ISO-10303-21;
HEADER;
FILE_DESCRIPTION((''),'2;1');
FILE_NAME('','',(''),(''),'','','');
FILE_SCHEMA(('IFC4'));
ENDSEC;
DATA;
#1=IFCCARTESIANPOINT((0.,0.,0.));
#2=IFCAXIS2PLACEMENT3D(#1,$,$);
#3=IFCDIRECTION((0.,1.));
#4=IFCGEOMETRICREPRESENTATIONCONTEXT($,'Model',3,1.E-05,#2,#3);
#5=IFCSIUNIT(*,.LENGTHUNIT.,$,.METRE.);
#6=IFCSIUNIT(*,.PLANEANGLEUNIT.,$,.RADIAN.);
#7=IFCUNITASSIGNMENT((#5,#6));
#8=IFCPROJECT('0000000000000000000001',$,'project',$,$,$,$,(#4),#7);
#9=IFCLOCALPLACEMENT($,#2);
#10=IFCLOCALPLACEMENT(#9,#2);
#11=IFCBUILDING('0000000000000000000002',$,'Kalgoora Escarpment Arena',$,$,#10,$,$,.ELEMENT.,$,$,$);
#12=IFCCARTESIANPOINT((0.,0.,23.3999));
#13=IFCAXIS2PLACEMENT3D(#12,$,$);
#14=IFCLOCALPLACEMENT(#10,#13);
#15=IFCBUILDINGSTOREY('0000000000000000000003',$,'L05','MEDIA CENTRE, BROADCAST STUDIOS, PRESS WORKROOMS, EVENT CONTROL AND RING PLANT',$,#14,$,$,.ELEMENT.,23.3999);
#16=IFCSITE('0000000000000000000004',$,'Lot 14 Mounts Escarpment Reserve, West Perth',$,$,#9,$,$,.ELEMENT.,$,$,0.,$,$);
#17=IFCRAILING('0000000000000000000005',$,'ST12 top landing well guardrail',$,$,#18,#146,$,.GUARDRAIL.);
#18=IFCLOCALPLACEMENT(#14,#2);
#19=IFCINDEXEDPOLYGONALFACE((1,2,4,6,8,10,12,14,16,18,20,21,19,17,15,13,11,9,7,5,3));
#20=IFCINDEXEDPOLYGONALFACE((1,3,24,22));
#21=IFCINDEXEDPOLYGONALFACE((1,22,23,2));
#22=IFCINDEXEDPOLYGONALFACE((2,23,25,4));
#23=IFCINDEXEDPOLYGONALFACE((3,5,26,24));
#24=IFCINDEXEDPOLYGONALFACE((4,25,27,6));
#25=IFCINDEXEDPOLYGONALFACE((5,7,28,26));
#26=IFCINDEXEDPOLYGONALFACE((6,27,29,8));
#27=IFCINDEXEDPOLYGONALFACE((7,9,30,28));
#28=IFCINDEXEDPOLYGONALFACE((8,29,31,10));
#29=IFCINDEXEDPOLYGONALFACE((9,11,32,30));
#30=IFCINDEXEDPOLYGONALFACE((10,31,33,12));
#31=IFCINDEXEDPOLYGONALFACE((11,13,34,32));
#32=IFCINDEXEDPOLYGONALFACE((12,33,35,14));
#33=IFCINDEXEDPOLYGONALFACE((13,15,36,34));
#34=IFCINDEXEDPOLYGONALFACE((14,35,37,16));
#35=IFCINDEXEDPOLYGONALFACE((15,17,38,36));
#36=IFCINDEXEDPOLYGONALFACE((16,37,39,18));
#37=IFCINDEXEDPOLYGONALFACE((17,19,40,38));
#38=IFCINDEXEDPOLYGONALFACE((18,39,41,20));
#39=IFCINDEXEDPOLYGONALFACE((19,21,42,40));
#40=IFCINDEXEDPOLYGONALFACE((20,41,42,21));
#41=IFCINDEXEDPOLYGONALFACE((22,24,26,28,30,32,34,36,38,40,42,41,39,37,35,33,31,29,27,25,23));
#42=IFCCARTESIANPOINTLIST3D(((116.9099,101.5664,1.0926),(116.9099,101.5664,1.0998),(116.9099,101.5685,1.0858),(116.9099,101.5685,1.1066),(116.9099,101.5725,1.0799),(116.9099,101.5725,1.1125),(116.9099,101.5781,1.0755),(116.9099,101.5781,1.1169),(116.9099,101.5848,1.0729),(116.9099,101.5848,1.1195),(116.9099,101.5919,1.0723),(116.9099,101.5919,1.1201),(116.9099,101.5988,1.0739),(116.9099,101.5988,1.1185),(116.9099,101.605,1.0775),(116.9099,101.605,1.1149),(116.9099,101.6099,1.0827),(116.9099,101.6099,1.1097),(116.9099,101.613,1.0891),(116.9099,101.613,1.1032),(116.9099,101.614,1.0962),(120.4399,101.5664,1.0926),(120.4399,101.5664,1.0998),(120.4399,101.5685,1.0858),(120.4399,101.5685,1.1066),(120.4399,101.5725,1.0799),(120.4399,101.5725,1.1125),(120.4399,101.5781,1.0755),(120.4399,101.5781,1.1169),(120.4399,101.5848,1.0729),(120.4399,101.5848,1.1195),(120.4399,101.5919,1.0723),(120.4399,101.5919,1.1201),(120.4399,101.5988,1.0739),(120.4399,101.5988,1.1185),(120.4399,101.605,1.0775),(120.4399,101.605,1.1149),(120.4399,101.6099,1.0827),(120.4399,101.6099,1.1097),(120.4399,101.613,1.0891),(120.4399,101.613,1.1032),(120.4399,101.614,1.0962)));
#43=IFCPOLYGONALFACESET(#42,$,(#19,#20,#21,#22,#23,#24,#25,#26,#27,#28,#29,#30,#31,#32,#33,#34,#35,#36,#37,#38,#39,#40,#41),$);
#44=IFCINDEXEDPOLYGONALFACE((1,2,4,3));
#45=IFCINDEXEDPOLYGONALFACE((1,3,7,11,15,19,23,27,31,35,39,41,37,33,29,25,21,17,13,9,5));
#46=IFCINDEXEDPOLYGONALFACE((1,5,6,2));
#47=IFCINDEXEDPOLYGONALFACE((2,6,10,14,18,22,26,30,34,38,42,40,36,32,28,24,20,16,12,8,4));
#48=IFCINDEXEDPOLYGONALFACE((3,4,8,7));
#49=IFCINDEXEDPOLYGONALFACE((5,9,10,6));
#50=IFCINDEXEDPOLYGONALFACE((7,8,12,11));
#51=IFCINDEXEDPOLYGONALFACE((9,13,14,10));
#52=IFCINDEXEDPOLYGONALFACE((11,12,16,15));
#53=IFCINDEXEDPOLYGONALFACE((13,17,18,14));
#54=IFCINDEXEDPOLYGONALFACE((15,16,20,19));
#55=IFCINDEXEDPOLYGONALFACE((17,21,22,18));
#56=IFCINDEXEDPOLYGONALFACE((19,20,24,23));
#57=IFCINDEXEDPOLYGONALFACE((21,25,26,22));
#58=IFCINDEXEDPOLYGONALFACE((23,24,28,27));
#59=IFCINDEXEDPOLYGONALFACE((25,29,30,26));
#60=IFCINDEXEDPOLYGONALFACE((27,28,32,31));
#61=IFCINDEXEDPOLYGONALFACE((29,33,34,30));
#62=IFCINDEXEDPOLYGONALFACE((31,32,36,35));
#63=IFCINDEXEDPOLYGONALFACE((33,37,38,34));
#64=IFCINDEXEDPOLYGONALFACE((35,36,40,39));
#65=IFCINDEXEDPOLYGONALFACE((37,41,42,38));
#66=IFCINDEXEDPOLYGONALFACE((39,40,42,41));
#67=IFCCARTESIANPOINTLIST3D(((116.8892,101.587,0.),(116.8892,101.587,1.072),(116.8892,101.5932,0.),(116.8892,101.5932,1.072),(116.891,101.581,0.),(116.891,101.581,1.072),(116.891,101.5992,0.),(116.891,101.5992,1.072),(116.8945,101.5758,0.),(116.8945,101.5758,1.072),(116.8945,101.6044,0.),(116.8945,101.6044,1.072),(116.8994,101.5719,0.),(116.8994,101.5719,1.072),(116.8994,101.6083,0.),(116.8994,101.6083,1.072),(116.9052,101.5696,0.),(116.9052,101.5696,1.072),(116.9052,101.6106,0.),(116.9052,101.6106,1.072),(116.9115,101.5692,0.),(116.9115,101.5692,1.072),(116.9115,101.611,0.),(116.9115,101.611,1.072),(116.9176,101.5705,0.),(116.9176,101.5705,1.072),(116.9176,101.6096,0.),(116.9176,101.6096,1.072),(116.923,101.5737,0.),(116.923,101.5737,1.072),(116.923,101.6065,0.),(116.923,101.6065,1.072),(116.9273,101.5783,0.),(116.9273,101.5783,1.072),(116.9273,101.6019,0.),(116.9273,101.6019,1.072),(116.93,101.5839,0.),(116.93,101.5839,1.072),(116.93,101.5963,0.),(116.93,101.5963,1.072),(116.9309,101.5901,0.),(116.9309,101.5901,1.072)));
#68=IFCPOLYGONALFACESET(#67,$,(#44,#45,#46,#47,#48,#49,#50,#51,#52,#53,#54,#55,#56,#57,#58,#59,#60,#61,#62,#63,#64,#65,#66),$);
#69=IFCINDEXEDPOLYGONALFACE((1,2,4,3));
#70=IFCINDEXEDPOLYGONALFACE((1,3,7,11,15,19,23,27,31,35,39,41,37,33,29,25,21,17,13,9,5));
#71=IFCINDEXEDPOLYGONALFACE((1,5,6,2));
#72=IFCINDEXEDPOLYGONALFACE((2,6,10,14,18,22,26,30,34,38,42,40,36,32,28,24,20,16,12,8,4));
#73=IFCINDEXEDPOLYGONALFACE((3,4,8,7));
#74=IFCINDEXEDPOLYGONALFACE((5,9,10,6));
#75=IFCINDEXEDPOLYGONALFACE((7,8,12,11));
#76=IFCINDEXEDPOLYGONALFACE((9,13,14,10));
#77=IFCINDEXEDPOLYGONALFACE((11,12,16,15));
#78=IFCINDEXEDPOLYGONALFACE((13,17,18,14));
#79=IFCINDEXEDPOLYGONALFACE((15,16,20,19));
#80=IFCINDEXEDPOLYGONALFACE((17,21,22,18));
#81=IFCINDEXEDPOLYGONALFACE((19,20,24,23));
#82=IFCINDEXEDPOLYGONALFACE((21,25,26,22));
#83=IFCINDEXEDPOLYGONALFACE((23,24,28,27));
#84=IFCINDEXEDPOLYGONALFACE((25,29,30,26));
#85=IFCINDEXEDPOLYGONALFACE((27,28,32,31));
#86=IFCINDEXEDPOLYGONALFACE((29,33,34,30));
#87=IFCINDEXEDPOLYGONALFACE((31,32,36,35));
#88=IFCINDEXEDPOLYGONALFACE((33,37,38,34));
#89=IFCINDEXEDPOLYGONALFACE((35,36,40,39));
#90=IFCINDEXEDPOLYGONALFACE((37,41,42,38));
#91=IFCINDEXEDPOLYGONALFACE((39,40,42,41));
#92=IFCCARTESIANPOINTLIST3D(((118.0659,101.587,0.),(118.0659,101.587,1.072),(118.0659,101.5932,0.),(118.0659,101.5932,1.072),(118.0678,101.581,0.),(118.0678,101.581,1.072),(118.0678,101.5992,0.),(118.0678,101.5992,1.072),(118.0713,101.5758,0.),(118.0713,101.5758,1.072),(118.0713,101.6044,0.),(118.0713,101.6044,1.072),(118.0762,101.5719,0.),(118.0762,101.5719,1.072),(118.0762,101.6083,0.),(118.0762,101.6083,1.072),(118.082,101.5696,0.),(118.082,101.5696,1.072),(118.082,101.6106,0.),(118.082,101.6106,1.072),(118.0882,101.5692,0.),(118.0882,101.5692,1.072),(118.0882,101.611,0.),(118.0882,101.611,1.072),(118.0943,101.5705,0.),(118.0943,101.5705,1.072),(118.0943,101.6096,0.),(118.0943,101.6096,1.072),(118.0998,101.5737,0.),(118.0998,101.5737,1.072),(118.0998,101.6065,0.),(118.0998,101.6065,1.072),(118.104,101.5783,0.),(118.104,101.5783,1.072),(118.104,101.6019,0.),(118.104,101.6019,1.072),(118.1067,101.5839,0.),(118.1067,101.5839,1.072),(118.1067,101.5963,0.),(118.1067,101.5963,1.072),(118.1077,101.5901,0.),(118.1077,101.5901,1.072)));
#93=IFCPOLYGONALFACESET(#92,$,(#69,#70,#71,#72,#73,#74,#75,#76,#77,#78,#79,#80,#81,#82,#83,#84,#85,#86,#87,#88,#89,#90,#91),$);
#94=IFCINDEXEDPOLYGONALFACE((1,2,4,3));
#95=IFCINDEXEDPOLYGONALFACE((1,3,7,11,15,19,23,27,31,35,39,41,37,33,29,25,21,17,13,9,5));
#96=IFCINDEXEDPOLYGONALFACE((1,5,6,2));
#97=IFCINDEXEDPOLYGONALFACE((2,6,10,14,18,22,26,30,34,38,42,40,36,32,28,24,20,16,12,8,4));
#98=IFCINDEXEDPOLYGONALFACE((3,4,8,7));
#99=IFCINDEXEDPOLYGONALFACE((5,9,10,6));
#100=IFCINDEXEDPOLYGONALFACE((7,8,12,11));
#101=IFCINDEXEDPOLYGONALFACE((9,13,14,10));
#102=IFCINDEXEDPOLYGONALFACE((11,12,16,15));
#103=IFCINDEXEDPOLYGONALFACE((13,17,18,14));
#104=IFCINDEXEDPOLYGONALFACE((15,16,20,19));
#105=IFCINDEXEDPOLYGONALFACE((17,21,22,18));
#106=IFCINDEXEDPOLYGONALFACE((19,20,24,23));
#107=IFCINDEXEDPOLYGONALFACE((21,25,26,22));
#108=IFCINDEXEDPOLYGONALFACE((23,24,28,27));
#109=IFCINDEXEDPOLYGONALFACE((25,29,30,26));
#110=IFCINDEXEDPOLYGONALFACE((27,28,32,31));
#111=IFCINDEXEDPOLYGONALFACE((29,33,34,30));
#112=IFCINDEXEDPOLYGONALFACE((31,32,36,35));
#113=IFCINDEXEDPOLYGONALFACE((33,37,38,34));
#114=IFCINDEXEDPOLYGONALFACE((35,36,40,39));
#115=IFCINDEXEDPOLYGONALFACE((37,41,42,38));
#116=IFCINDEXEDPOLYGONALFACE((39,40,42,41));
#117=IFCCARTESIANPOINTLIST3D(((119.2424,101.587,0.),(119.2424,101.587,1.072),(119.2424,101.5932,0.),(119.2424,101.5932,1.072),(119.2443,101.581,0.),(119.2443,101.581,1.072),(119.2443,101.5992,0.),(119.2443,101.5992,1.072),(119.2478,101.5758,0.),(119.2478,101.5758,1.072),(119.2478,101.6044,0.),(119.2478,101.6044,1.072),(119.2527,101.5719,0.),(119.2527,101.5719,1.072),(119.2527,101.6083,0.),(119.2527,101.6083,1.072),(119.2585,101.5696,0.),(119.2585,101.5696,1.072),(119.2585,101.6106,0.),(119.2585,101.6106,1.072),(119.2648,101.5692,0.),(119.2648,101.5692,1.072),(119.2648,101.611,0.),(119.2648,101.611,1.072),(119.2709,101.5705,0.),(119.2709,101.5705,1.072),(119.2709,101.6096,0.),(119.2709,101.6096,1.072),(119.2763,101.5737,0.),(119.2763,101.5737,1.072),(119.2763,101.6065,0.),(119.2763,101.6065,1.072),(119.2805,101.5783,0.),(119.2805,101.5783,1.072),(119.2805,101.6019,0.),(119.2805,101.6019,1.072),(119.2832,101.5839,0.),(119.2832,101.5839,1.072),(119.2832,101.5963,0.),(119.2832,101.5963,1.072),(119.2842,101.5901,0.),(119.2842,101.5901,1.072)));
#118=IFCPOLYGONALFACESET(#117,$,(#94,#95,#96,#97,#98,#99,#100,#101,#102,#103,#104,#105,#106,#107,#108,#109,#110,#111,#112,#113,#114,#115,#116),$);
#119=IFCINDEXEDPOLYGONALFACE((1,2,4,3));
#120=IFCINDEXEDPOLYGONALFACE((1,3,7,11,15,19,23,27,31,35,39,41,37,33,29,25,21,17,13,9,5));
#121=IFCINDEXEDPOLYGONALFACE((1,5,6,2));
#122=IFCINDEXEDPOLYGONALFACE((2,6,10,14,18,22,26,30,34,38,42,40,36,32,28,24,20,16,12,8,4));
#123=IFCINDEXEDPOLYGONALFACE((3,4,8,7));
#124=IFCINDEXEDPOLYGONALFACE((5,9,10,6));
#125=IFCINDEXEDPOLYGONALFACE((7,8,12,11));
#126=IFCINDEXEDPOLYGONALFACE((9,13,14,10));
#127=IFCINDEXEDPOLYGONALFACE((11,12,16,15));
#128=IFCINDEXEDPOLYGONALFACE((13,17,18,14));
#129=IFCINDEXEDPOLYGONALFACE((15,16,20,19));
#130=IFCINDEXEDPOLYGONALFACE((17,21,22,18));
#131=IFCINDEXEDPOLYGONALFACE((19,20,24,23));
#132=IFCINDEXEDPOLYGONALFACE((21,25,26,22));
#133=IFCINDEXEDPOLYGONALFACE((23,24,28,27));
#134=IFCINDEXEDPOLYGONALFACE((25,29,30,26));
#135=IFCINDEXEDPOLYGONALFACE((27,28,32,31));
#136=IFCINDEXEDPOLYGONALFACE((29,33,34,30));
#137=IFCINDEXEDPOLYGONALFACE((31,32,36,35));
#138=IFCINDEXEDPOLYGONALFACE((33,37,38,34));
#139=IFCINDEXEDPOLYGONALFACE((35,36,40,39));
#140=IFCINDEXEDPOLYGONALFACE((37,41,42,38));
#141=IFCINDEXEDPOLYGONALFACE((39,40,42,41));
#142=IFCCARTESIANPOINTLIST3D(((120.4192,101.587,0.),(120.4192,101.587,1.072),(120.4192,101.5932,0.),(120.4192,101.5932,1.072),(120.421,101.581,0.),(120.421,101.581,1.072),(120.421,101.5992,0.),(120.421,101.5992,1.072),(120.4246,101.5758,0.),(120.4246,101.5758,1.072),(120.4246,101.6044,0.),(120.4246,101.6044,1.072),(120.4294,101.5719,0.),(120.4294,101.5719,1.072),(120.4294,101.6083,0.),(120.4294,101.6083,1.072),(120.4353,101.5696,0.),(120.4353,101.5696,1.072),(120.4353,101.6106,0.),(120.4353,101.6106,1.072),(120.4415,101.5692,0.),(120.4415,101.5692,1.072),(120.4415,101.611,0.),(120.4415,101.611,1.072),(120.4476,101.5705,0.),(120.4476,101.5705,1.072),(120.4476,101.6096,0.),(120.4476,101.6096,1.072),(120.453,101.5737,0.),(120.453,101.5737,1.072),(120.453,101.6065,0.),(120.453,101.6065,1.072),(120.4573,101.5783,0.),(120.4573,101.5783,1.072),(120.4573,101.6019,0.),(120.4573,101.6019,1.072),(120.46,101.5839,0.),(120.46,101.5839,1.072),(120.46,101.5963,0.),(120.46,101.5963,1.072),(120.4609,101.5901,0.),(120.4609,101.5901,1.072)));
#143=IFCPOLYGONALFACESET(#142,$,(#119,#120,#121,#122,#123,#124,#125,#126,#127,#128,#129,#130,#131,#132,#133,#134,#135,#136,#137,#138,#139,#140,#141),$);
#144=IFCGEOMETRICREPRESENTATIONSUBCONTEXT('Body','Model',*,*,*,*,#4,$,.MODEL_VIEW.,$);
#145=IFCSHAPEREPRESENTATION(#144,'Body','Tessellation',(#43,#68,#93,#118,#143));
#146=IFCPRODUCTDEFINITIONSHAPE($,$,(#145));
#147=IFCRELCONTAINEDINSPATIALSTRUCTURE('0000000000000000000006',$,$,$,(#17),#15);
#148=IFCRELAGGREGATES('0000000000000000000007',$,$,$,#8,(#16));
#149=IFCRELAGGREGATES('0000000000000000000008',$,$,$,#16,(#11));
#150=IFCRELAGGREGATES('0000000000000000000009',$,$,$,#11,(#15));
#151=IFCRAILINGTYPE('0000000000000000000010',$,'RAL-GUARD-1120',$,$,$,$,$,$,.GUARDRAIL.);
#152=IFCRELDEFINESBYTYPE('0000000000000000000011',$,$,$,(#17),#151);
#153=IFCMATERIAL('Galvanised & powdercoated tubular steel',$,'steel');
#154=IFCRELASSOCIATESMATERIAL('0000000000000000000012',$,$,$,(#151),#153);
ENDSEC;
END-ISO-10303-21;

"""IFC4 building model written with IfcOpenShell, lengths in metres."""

from ifc_helpers import new_model, si_unit, direction, frame, origin, origin_2d, place, context, subcontext, project, spatial, circle, extrude, material, type_object, element, save


model = new_model("IFC4")

# Units and contexts
model_context = context("Model", 3, precision=1e-05, world=origin(), true_north=direction((0.0, 1.0)))
body_context = subcontext(model_context, "Body", "Model", "MODEL_VIEW")
ifc_project = project(units=[si_unit("LENGTHUNIT", "METRE"), si_unit("PLANEANGLEUNIT", "RADIAN")], contexts=[model_context])

# Site, building, storey
site_placement = place(None, origin())
site = spatial("IfcSite", under=ifc_project, at=site_placement, Name="Lot 14 Mounts Escarpment Reserve, West Perth", CompositionType="ELEMENT", RefElevation=0.0)
building_placement = place(site_placement, origin())
building = spatial("IfcBuilding", under=site, at=building_placement, Name="Kalgoora Escarpment Arena", CompositionType="ELEMENT")
storey_placement = place(building_placement, frame((0.0, 0.0, 23.3999)))
storey = spatial("IfcBuildingStorey", under=building, at=storey_placement, Name="L05", Description="MEDIA CENTRE, BROADCAST STUDIOS, PRESS WORKROOMS, EVENT CONTROL AND RING PLANT", CompositionType="ELEMENT", Elevation=23.3999)

# Railing
ifc_material_1 = material(Name="Galvanised & powdercoated tubular steel", Category="steel")
railing_type = type_object("IfcRailingType", Name="RAL-GUARD-1120", PredefinedType="GUARDRAIL", material=ifc_material_1)
railing_placement = place(storey_placement, frame((116.9099, 101.5901, 0.0)))
element("IfcRailing", 1, at=railing_placement, inside=storey, type_object=railing_type, Name="ST12 top landing well guardrail", PredefinedType="GUARDRAIL", context=body_context, shape_type="SweptSolid", body=[
    extrude(circle(Radius=0.0239, at=origin_2d()), frame((0.0, 0.0, 1.0962), z_axis=(1.0, 0.0, 0.0), x_axis=(0.0, 1.0, 0.0)), (0.0, 0.0, 1.0), 3.53),
    extrude(circle(Radius=0.021, at=origin_2d()), origin(), (0.0, 0.0, 1.0), 1.072),
    extrude(circle(Radius=0.021, at=origin_2d()), frame((1.1768, 0.0, 0.0)), (0.0, 0.0, 1.0), 1.072),
    extrude(circle(Radius=0.021, at=origin_2d()), frame((2.3533, 0.0, 0.0)), (0.0, 0.0, 1.0), 1.072),
    extrude(circle(Radius=0.021, at=origin_2d()), frame((3.53, 0.0, 0.0)), (0.0, 0.0, 1.0), 1.072),
])

save(model, "model.ifc")
